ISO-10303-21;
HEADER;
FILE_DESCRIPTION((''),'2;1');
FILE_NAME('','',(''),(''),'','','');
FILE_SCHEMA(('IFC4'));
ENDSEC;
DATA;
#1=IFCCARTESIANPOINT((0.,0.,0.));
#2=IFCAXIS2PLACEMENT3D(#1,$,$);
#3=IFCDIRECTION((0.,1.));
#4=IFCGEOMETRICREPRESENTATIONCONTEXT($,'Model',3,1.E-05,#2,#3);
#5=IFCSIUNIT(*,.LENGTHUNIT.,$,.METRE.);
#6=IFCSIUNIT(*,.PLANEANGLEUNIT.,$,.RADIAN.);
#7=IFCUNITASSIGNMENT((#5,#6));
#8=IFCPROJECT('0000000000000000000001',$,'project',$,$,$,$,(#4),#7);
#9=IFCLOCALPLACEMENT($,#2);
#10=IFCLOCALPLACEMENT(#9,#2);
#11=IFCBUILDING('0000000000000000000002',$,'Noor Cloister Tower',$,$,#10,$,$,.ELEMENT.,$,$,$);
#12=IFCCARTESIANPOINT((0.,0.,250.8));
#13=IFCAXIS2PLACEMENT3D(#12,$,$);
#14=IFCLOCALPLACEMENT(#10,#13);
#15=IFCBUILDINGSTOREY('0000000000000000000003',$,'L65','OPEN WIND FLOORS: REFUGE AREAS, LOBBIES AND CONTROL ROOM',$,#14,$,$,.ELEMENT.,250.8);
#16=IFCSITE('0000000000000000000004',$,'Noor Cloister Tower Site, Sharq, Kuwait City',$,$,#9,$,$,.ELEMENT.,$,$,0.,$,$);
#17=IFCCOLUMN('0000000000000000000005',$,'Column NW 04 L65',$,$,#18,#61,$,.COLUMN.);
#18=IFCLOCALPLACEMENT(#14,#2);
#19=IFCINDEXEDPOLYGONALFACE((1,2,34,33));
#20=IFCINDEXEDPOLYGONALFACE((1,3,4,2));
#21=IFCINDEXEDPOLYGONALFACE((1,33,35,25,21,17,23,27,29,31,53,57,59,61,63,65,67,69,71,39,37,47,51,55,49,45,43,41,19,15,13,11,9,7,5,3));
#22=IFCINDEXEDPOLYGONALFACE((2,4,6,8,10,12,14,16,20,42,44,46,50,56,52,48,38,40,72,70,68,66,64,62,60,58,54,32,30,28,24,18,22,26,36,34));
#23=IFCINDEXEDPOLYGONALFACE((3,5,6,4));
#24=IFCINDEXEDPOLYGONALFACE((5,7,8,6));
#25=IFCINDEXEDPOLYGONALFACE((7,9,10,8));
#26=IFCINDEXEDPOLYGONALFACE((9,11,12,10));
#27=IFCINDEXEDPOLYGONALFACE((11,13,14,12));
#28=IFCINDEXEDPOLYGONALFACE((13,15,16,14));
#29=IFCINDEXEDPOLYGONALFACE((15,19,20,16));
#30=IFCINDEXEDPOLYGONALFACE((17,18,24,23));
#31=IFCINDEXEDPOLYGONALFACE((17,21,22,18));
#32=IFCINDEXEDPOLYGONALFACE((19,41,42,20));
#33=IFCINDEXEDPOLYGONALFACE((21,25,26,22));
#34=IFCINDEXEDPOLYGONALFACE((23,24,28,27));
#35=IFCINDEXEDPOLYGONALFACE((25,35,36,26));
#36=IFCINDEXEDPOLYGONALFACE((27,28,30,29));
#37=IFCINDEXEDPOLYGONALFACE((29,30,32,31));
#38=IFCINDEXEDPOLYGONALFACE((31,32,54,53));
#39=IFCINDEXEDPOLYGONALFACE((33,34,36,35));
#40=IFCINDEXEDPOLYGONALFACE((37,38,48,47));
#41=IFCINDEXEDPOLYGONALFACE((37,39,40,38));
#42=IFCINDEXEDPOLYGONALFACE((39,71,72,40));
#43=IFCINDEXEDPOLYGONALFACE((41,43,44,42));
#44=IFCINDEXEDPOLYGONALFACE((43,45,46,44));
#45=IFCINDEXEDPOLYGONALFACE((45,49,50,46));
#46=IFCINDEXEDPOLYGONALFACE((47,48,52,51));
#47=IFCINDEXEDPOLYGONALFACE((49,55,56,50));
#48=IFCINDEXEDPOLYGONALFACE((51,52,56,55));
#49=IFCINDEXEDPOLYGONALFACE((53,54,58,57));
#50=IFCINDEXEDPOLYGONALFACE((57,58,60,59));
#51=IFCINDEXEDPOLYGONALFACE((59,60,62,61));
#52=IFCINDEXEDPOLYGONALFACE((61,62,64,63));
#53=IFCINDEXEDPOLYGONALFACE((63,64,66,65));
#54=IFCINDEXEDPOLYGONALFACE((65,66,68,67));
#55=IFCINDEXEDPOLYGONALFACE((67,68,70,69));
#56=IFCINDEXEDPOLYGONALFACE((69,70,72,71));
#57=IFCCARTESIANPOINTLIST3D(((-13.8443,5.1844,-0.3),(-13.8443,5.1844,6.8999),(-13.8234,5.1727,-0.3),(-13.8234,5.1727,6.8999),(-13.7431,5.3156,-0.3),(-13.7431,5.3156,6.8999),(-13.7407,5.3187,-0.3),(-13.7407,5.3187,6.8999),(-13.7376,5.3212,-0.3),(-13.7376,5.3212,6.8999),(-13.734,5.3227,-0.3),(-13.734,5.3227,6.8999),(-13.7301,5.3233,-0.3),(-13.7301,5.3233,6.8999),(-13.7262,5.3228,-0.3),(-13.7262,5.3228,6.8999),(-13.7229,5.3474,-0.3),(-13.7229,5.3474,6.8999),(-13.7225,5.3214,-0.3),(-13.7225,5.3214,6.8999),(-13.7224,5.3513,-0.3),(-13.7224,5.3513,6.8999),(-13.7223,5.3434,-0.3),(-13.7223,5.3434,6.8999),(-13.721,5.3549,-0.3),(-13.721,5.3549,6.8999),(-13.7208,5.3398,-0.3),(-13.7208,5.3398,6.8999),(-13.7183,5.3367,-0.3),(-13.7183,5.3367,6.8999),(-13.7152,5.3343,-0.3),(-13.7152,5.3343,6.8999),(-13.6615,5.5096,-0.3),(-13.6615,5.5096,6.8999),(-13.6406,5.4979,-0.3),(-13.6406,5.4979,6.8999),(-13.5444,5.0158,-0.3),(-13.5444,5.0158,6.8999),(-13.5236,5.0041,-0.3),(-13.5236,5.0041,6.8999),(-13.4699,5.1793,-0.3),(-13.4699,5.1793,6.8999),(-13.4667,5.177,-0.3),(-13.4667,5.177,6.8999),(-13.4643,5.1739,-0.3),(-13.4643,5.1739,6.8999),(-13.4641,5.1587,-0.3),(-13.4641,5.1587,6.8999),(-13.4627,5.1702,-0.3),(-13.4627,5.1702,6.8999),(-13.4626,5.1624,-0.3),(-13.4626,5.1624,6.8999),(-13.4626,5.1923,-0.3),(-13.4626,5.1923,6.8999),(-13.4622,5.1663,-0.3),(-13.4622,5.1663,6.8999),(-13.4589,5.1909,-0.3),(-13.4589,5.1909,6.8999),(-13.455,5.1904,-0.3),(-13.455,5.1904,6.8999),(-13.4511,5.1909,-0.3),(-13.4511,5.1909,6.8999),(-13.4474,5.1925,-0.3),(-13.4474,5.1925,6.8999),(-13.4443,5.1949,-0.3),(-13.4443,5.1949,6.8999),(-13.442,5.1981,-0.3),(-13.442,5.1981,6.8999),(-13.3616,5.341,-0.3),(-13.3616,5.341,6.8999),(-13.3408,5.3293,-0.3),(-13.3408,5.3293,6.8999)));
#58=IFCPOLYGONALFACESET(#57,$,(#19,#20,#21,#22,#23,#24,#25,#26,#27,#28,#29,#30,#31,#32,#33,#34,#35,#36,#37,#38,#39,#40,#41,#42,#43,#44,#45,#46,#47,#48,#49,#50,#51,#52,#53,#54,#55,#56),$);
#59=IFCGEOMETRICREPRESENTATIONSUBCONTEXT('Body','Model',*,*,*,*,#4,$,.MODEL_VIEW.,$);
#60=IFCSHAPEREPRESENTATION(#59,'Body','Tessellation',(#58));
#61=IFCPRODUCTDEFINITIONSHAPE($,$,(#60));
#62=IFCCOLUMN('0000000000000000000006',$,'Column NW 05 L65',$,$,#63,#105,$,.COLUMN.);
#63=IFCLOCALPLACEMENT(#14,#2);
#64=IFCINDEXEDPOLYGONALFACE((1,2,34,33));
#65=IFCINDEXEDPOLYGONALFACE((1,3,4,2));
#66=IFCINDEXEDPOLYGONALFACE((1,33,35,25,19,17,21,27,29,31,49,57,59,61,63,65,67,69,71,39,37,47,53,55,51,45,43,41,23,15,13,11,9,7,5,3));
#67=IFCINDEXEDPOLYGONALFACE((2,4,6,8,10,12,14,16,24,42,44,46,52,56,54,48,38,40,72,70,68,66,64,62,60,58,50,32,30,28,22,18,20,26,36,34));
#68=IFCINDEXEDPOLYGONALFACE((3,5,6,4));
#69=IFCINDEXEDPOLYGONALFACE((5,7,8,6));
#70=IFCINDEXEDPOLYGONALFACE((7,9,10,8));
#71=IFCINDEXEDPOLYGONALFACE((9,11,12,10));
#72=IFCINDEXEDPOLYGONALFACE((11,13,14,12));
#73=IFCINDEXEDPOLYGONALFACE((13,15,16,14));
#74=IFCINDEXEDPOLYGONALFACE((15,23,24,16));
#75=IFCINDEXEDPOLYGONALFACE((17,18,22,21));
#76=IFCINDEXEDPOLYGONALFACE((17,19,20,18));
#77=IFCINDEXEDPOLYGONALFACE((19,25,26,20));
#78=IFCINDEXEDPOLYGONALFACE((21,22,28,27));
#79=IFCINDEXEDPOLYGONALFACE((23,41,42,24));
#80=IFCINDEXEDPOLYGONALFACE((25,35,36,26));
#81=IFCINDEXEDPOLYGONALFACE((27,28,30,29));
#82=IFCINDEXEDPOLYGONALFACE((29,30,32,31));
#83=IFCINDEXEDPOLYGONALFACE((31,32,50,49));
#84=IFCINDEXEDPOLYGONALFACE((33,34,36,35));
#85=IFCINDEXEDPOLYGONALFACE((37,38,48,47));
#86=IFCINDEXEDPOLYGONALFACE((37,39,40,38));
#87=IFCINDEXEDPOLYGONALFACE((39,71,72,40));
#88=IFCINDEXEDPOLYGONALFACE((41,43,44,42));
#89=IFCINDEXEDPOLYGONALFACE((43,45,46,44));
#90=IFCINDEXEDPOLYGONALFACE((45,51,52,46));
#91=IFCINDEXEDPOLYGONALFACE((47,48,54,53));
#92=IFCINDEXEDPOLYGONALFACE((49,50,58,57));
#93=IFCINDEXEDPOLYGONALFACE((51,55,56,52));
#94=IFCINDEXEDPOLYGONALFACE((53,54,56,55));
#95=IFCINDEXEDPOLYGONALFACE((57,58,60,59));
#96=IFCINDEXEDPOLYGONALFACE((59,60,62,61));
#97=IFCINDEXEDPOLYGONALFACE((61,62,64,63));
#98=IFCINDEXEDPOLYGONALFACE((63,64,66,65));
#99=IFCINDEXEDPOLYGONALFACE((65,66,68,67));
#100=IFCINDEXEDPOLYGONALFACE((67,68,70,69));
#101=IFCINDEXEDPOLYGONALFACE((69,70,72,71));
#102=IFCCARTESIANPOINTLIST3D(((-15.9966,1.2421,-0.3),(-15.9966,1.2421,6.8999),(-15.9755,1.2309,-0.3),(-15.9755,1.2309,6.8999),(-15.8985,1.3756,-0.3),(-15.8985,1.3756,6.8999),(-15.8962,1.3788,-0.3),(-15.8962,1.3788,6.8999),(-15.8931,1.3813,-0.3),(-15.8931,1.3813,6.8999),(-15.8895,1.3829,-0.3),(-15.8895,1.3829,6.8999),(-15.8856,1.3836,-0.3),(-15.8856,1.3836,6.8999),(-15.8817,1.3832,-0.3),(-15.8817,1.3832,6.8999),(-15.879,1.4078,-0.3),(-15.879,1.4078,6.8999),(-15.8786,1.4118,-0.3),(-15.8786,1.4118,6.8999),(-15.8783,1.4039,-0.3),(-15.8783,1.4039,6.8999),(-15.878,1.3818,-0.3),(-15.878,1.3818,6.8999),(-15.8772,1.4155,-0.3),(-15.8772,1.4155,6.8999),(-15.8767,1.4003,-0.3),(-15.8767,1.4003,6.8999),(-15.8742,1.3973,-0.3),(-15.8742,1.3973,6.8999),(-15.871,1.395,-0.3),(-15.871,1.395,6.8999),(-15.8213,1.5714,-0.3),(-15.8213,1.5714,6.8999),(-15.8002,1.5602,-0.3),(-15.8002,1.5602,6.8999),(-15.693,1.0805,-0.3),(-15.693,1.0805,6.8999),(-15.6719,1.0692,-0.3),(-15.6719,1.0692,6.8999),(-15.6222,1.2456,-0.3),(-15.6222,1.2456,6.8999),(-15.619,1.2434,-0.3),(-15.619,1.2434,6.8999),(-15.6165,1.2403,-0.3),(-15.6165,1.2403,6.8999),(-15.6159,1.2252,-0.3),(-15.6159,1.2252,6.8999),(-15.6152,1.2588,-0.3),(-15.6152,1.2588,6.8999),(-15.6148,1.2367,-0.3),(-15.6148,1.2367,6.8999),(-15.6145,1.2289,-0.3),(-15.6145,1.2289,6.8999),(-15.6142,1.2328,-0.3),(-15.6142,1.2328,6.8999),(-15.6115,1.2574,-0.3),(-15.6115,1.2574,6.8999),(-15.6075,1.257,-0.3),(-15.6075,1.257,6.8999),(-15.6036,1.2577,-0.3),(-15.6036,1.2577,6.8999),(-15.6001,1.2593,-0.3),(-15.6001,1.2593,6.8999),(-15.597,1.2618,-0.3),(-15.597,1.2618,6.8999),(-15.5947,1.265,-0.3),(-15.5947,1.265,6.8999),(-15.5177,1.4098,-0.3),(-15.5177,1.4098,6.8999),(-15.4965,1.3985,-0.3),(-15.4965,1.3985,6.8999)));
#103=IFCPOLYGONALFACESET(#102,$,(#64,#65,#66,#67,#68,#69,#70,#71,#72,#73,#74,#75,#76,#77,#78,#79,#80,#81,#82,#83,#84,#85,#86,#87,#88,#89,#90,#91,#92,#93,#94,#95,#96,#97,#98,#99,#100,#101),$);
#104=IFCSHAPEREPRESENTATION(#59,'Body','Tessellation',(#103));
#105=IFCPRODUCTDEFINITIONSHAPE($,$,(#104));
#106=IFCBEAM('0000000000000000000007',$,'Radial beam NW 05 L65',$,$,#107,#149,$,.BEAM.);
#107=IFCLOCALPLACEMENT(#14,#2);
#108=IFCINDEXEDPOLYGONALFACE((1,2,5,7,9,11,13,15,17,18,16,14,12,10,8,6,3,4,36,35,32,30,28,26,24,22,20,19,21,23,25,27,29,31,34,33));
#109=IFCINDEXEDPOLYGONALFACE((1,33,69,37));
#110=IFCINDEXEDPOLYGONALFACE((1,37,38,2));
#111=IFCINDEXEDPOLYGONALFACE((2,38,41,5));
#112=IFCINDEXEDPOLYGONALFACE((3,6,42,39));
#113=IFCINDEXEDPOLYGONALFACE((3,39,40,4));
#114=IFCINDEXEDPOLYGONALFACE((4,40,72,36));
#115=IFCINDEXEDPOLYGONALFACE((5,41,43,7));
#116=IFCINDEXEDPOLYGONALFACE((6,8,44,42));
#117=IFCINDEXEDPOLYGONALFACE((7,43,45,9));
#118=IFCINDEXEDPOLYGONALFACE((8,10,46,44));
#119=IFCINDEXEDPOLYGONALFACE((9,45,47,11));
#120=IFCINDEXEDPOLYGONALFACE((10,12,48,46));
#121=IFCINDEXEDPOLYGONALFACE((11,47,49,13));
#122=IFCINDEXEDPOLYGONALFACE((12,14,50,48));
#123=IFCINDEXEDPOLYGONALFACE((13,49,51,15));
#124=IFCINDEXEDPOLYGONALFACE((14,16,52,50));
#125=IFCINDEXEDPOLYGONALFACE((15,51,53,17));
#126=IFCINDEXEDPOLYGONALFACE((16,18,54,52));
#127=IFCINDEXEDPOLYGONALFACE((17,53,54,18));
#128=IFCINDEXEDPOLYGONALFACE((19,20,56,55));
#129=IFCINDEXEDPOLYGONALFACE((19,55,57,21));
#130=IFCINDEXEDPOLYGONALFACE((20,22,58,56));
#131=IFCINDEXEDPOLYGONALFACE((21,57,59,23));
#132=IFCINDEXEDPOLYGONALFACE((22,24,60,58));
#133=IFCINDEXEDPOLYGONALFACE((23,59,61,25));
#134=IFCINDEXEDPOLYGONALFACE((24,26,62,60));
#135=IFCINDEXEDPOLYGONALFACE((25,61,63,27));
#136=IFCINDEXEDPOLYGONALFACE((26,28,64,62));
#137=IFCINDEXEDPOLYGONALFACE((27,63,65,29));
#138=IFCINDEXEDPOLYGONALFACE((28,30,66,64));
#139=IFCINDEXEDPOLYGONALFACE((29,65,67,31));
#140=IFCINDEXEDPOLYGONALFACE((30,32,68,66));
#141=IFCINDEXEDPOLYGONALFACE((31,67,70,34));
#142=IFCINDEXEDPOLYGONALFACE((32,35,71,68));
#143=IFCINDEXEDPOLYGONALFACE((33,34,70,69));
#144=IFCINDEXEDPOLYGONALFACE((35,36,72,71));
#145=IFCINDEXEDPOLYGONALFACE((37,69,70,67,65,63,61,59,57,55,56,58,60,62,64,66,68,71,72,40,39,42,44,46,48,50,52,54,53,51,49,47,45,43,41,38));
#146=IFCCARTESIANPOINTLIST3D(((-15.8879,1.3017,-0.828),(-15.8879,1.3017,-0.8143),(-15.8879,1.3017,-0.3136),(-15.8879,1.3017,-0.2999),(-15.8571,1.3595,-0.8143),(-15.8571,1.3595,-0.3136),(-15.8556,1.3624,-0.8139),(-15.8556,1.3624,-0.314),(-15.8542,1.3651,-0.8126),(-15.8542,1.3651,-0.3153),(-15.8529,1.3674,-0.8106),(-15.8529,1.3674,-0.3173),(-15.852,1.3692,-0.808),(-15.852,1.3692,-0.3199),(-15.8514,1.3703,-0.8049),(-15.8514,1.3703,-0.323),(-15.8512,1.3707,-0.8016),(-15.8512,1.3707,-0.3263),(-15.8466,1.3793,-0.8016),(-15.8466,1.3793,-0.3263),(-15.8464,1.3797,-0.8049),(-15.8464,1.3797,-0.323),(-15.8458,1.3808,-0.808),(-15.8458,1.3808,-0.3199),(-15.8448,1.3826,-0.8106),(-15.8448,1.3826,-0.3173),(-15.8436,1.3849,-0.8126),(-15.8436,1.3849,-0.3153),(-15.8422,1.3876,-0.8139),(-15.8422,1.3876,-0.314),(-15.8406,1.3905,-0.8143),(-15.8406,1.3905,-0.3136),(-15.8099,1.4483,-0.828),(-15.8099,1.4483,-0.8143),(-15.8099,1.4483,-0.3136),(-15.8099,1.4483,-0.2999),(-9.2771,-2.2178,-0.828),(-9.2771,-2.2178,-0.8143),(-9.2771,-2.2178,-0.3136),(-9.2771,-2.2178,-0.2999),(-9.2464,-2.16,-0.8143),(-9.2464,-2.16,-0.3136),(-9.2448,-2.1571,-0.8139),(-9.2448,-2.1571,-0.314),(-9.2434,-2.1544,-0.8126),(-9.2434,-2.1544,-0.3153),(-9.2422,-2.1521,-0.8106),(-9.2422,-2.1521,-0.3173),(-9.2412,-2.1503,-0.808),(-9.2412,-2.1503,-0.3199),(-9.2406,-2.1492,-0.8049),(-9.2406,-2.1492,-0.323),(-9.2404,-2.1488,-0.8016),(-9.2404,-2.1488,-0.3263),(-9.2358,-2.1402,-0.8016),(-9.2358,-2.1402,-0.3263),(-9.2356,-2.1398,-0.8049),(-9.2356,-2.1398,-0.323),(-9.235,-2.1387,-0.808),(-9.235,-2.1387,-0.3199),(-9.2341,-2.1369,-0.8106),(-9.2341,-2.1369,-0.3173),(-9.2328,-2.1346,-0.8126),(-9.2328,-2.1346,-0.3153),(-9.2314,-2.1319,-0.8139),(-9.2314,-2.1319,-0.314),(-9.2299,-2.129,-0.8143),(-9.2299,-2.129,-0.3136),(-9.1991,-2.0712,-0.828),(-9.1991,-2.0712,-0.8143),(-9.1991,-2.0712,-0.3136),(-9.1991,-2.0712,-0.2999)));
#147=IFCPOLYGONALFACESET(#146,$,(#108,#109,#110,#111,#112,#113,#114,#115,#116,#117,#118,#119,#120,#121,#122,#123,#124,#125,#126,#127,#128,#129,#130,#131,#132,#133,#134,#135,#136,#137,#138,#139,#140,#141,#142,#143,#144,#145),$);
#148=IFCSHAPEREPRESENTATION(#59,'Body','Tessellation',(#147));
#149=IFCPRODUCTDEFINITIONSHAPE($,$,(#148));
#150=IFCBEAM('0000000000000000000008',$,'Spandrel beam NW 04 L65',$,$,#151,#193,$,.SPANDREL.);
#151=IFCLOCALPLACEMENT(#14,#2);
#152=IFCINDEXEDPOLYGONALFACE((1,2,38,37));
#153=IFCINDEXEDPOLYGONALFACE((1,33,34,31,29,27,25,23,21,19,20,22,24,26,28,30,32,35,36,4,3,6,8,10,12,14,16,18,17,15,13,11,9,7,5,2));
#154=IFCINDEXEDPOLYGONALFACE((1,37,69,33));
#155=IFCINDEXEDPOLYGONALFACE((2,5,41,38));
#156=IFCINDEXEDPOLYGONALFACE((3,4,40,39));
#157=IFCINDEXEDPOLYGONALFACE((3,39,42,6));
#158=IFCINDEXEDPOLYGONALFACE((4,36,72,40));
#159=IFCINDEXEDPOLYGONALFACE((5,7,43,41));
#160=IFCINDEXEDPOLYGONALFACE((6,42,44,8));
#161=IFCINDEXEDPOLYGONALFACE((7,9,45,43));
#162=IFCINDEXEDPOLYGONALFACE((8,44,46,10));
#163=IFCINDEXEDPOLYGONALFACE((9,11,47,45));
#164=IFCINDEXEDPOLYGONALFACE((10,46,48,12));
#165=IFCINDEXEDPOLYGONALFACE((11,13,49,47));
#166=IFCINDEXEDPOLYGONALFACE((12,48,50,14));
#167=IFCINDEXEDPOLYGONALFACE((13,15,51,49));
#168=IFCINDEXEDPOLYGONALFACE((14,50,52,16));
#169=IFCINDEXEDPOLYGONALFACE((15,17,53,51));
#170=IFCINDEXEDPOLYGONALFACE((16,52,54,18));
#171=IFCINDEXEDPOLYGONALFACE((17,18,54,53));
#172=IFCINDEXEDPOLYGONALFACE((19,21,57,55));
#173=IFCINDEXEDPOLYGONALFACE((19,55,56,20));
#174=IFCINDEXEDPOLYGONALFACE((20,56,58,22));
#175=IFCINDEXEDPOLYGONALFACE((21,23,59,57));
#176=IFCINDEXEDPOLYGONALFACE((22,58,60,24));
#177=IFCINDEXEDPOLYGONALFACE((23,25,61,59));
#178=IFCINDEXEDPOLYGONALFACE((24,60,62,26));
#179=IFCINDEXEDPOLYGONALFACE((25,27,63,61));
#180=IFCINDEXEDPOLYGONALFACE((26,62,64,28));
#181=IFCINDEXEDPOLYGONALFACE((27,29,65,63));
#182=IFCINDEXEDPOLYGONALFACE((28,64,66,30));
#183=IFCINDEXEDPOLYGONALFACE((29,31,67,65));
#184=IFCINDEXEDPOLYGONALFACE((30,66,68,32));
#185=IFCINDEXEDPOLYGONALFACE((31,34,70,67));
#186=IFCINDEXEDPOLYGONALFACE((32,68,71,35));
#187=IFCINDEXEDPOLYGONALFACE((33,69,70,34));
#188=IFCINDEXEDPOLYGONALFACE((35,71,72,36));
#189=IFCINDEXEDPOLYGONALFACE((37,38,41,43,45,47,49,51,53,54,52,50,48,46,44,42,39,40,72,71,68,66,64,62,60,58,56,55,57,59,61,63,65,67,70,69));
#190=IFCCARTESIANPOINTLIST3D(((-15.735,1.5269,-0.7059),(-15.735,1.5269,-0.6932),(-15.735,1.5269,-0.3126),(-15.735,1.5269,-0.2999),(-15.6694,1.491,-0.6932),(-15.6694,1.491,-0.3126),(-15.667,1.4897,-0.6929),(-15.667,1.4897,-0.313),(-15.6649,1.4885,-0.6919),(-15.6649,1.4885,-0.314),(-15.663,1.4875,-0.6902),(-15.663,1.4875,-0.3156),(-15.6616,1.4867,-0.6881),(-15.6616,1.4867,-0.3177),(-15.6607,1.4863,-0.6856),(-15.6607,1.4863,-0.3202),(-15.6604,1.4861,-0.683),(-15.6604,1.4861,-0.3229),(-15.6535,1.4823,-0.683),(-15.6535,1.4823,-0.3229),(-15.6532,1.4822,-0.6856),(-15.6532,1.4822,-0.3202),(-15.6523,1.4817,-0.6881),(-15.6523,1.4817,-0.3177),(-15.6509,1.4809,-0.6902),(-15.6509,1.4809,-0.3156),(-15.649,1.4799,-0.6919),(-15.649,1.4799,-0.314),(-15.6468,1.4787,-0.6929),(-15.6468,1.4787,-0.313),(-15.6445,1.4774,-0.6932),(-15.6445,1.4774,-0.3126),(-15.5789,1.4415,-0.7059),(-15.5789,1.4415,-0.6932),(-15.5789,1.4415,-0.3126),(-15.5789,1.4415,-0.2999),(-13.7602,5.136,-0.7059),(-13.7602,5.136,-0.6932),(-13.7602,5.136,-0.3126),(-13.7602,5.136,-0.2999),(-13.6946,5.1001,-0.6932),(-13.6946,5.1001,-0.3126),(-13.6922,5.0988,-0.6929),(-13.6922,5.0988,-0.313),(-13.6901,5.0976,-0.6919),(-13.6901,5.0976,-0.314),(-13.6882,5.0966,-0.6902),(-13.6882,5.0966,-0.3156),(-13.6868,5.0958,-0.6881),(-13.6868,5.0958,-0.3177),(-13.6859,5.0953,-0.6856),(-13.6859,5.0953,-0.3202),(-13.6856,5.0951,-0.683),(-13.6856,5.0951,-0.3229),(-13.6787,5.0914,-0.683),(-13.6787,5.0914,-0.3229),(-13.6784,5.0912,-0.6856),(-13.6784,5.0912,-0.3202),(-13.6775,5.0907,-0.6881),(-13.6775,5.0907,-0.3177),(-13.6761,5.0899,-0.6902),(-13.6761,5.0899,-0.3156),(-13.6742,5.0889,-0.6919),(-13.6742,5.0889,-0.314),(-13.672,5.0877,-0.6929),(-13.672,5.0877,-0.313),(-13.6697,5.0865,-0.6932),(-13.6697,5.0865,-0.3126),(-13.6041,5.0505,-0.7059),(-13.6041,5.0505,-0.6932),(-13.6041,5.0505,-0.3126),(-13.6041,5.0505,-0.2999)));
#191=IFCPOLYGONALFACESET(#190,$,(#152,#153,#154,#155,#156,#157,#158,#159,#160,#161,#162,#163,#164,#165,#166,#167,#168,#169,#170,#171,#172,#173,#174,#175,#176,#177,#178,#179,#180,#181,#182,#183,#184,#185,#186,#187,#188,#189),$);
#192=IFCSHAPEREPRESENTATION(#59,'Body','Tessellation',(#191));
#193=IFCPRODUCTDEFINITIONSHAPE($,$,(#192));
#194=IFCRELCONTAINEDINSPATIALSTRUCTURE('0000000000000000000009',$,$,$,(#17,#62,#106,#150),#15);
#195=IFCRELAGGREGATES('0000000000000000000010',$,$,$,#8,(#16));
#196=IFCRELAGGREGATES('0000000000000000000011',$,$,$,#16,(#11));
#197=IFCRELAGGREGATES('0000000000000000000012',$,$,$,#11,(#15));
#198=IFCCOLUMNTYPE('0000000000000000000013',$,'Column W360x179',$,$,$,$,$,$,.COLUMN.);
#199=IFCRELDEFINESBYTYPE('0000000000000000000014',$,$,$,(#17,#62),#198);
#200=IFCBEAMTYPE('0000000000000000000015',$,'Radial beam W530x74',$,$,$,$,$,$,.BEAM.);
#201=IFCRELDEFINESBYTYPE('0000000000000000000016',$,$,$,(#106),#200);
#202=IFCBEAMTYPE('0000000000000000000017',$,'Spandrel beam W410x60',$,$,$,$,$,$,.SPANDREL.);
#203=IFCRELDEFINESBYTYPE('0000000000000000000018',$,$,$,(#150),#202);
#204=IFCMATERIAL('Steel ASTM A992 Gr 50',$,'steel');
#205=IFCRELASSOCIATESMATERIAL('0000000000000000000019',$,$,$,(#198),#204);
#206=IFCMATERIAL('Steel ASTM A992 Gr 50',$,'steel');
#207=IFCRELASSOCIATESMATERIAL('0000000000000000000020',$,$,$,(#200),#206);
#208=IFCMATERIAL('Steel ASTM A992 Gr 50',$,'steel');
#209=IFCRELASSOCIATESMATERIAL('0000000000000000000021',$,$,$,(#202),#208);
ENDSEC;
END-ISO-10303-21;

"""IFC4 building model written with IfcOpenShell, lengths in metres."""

from ifc_helpers import new_model, si_unit, direction, frame, origin, origin_2d, place, context, subcontext, project, spatial, i_section, extrude, material, material_profile, profile_set, type_object, element, save


model = new_model("IFC4")

# Units and contexts
model_context = context("Model", 3, precision=1e-05, world=origin(), true_north=direction((0.0, 1.0)))
body_context = subcontext(model_context, "Body", "Model", "MODEL_VIEW")
ifc_project = project(units=[si_unit("LENGTHUNIT", "METRE"), si_unit("PLANEANGLEUNIT", "RADIAN")], contexts=[model_context])

# Site, building, storey
site_placement = place(None, origin())
site = spatial("IfcSite", under=ifc_project, at=site_placement, Name="Noor Cloister Tower Site, Sharq, Kuwait City", CompositionType="ELEMENT", RefElevation=0.0)
building_placement = place(site_placement, origin())
building = spatial("IfcBuilding", under=site, at=building_placement, Name="Noor Cloister Tower", CompositionType="ELEMENT")
storey_placement = place(building_placement, frame((0.0, 0.0, 250.8)))
storey = spatial("IfcBuildingStorey", under=building, at=storey_placement, Name="L65", Description="OPEN WIND FLOORS: REFUGE AREAS, LOBBIES AND CONTROL ROOM", CompositionType="ELEMENT", Elevation=250.8)

# Columns
ifc_material_1 = material(Name="Steel ASTM A992 Gr 50", Category="steel")
ifc_material_profile_1 = material_profile(ifc_material_1, i_section(OverallWidth=0.373, OverallDepth=0.3679, WebThickness=0.0149, FlangeThickness=0.0239, FilletRadius=0.0151, at=origin_2d()), Name="W360x179")
ifc_profile_set_1 = profile_set([ifc_material_profile_1], Name="Steel ASTM A992 Gr 50")
column_type = type_object("IfcColumnType", Name="Column W360x179", PredefinedType="COLUMN", material=ifc_profile_set_1)
for number, where, z_axis, x_axis, name in (
    (1, (-13.5925, 5.2568, -0.3), (0.0, 0.0, 1.0), (-0.49004, -0.8717, 0.0), "Column NW 04 L65"),
    (2, (-15.7466, 1.3203, -0.3), (0.0, 0.0, 1.0), (-0.469927, -0.882705, 0.0), "Column NW 05 L65"),
):
    element("IfcColumn", number, at=place(storey_placement, frame(where, z_axis=z_axis, x_axis=x_axis)), inside=storey, type_object=column_type, Name=name, PredefinedType="COLUMN", context=body_context, shape_type="SweptSolid", body=[
        extrude(i_section(OverallWidth=0.373, OverallDepth=0.3679, WebThickness=0.0149, FlangeThickness=0.0239, FilletRadius=0.0151, at=origin_2d()), origin(), (0.0, 0.0, 1.0), 7.2),
    ])

# Beams
ifc_material_2 = material(Name="Steel ASTM A992 Gr 50", Category="steel")
ifc_material_profile_2 = material_profile(ifc_material_2, i_section(OverallWidth=0.166, OverallDepth=0.5281, WebThickness=0.0098, FlangeThickness=0.0137, FilletRadius=0.0127, at=origin_2d()), Name="W530x74")
ifc_profile_set_2 = profile_set([ifc_material_profile_2], Name="Steel ASTM A992 Gr 50")
beam_type_1 = type_object("IfcBeamType", Name="Radial beam W530x74", PredefinedType="BEAM", material=ifc_profile_set_2)
beam_1_placement = place(storey_placement, frame((-15.8489, 1.375, -0.564), z_axis=(0.882699, -0.469938, 0.0), x_axis=(0.469938, 0.882699, 0.0)))
element("IfcBeam", 3, at=beam_1_placement, inside=storey, type_object=beam_type_1, Name="Radial beam NW 05 L65", PredefinedType="BEAM", context=body_context, shape_type="SweptSolid", body=[
    extrude(i_section(OverallWidth=0.166, OverallDepth=0.5281, WebThickness=0.0098, FlangeThickness=0.0137, FilletRadius=0.0127, at=origin_2d()), origin(), (0.0, 0.0, 1.0), 7.4893),
])
ifc_material_3 = material(Name="Steel ASTM A992 Gr 50", Category="steel")
ifc_material_profile_3 = material_profile(ifc_material_3, i_section(OverallWidth=0.178, OverallDepth=0.406, WebThickness=0.0078, FlangeThickness=0.0127, FilletRadius=0.0103, at=origin_2d()), Name="W410x60")
ifc_profile_set_3 = profile_set([ifc_material_profile_3], Name="Steel ASTM A992 Gr 50")
beam_type_2 = type_object("IfcBeamType", Name="Spandrel beam W410x60", PredefinedType="SPANDREL", material=ifc_profile_set_3)
beam_2_placement = place(storey_placement, frame((-13.6821, 5.0933, -0.5029), z_axis=(-0.48002, -0.877258, 0.0), x_axis=(0.877258, -0.48002, 0.0)))
element("IfcBeam", 4, at=beam_2_placement, inside=storey, type_object=beam_type_2, Name="Spandrel beam NW 04 L65", PredefinedType="SPANDREL", context=body_context, shape_type="SweptSolid", body=[
    extrude(i_section(OverallWidth=0.178, OverallDepth=0.406, WebThickness=0.0078, FlangeThickness=0.0127, FilletRadius=0.0103, at=origin_2d()), origin(), (0.0, 0.0, 1.0), 4.114),
])

save(model, "model.ifc")
